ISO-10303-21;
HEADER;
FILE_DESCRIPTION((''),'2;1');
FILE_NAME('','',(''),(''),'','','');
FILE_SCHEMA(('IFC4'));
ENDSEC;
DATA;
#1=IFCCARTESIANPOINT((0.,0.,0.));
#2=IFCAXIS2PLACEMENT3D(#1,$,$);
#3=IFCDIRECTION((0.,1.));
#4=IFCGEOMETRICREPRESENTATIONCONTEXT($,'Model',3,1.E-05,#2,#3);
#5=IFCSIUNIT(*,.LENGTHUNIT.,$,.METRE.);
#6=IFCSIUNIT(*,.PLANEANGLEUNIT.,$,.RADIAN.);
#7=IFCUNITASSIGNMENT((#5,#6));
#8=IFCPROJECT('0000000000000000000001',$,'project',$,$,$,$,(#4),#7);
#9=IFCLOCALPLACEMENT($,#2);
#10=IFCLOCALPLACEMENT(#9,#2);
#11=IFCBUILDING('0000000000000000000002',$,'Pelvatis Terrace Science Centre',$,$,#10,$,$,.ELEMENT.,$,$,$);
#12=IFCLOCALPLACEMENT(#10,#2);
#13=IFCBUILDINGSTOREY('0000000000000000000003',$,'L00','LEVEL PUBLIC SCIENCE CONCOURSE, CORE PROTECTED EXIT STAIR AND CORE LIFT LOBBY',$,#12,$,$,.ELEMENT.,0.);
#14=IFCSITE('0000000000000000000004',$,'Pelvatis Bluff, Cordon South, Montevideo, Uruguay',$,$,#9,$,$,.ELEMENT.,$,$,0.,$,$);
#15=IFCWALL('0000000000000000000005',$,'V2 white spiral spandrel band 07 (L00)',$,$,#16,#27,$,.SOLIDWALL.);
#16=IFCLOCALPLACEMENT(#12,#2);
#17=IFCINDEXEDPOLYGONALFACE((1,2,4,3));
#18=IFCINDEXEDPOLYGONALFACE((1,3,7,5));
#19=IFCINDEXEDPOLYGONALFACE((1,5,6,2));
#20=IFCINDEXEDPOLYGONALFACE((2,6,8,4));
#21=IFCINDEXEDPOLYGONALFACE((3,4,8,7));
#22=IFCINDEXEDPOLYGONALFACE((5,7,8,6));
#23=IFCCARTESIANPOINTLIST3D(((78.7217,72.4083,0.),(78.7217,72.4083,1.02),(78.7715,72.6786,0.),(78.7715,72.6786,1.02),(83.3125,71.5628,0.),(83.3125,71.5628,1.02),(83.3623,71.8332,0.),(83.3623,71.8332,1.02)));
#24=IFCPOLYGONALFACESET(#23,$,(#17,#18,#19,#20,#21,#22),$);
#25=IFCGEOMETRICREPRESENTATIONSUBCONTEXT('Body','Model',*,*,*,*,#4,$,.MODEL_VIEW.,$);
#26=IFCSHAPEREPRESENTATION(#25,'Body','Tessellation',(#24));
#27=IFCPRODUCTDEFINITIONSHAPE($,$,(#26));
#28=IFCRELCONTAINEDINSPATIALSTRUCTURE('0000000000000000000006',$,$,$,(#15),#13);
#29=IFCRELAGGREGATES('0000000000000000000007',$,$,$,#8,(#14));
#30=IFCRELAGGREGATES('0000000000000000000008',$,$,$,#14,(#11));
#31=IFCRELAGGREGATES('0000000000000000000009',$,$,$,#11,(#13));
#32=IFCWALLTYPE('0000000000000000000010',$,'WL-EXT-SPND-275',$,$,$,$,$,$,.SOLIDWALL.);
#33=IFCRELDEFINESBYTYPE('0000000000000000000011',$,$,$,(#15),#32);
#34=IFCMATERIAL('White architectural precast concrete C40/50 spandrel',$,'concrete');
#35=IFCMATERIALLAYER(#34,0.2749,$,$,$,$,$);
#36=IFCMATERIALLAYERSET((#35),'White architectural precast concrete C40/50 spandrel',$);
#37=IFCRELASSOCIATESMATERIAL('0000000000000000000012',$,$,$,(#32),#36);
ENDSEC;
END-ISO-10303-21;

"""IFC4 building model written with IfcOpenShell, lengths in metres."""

from ifc_helpers import new_model, si_unit, direction, frame, frame_2d, origin, place, context, subcontext, project, spatial, rectangle, extrude, material, layer, layer_set, type_object, element, save


model = new_model("IFC4")

# Units and contexts
model_context = context("Model", 3, precision=1e-05, world=origin(), true_north=direction((0.0, 1.0)))
body_context = subcontext(model_context, "Body", "Model", "MODEL_VIEW")
ifc_project = project(units=[si_unit("LENGTHUNIT", "METRE"), si_unit("PLANEANGLEUNIT", "RADIAN")], contexts=[model_context])

# Site, building, storey
site_placement = place(None, origin())
site = spatial("IfcSite", under=ifc_project, at=site_placement, Name="Pelvatis Bluff, Cordon South, Montevideo, Uruguay", CompositionType="ELEMENT", RefElevation=0.0)
building_placement = place(site_placement, origin())
building = spatial("IfcBuilding", under=site, at=building_placement, Name="Pelvatis Terrace Science Centre", CompositionType="ELEMENT")
storey_placement = place(building_placement, origin())
storey = spatial("IfcBuildingStorey", under=building, at=storey_placement, Name="L00", Description="LEVEL PUBLIC SCIENCE CONCOURSE, CORE PROTECTED EXIT STAIR AND CORE LIFT LOBBY", CompositionType="ELEMENT", Elevation=0.0)

# Wall
ifc_material_1 = material(Name="White architectural precast concrete C40/50 spandrel", Category="concrete")
ifc_layer_1 = layer(ifc_material_1, 0.2749)
ifc_layer_set_1 = layer_set([ifc_layer_1], Name="White architectural precast concrete C40/50 spandrel")
wall_type = type_object("IfcWallType", Name="WL-EXT-SPND-275", PredefinedType="SOLIDWALL", material=ifc_layer_set_1)
wall_placement = place(storey_placement, frame((83.3374, 71.698, 0.0), z_axis=(0.0, 0.0, 1.0), x_axis=(-0.983462, 0.181117, 0.0)))
element("IfcWall", 1, at=wall_placement, inside=storey, type_object=wall_type, Name="V2 white spiral spandrel band 07 (L00)", PredefinedType="SOLIDWALL", context=body_context, shape_type="SweptSolid", body=[
    extrude(rectangle(XDim=4.668, YDim=0.2749, at=frame_2d((2.334, 0.0))), origin(), (0.0, 0.0, 1.0), 1.02),
])

save(model, "model.ifc")
